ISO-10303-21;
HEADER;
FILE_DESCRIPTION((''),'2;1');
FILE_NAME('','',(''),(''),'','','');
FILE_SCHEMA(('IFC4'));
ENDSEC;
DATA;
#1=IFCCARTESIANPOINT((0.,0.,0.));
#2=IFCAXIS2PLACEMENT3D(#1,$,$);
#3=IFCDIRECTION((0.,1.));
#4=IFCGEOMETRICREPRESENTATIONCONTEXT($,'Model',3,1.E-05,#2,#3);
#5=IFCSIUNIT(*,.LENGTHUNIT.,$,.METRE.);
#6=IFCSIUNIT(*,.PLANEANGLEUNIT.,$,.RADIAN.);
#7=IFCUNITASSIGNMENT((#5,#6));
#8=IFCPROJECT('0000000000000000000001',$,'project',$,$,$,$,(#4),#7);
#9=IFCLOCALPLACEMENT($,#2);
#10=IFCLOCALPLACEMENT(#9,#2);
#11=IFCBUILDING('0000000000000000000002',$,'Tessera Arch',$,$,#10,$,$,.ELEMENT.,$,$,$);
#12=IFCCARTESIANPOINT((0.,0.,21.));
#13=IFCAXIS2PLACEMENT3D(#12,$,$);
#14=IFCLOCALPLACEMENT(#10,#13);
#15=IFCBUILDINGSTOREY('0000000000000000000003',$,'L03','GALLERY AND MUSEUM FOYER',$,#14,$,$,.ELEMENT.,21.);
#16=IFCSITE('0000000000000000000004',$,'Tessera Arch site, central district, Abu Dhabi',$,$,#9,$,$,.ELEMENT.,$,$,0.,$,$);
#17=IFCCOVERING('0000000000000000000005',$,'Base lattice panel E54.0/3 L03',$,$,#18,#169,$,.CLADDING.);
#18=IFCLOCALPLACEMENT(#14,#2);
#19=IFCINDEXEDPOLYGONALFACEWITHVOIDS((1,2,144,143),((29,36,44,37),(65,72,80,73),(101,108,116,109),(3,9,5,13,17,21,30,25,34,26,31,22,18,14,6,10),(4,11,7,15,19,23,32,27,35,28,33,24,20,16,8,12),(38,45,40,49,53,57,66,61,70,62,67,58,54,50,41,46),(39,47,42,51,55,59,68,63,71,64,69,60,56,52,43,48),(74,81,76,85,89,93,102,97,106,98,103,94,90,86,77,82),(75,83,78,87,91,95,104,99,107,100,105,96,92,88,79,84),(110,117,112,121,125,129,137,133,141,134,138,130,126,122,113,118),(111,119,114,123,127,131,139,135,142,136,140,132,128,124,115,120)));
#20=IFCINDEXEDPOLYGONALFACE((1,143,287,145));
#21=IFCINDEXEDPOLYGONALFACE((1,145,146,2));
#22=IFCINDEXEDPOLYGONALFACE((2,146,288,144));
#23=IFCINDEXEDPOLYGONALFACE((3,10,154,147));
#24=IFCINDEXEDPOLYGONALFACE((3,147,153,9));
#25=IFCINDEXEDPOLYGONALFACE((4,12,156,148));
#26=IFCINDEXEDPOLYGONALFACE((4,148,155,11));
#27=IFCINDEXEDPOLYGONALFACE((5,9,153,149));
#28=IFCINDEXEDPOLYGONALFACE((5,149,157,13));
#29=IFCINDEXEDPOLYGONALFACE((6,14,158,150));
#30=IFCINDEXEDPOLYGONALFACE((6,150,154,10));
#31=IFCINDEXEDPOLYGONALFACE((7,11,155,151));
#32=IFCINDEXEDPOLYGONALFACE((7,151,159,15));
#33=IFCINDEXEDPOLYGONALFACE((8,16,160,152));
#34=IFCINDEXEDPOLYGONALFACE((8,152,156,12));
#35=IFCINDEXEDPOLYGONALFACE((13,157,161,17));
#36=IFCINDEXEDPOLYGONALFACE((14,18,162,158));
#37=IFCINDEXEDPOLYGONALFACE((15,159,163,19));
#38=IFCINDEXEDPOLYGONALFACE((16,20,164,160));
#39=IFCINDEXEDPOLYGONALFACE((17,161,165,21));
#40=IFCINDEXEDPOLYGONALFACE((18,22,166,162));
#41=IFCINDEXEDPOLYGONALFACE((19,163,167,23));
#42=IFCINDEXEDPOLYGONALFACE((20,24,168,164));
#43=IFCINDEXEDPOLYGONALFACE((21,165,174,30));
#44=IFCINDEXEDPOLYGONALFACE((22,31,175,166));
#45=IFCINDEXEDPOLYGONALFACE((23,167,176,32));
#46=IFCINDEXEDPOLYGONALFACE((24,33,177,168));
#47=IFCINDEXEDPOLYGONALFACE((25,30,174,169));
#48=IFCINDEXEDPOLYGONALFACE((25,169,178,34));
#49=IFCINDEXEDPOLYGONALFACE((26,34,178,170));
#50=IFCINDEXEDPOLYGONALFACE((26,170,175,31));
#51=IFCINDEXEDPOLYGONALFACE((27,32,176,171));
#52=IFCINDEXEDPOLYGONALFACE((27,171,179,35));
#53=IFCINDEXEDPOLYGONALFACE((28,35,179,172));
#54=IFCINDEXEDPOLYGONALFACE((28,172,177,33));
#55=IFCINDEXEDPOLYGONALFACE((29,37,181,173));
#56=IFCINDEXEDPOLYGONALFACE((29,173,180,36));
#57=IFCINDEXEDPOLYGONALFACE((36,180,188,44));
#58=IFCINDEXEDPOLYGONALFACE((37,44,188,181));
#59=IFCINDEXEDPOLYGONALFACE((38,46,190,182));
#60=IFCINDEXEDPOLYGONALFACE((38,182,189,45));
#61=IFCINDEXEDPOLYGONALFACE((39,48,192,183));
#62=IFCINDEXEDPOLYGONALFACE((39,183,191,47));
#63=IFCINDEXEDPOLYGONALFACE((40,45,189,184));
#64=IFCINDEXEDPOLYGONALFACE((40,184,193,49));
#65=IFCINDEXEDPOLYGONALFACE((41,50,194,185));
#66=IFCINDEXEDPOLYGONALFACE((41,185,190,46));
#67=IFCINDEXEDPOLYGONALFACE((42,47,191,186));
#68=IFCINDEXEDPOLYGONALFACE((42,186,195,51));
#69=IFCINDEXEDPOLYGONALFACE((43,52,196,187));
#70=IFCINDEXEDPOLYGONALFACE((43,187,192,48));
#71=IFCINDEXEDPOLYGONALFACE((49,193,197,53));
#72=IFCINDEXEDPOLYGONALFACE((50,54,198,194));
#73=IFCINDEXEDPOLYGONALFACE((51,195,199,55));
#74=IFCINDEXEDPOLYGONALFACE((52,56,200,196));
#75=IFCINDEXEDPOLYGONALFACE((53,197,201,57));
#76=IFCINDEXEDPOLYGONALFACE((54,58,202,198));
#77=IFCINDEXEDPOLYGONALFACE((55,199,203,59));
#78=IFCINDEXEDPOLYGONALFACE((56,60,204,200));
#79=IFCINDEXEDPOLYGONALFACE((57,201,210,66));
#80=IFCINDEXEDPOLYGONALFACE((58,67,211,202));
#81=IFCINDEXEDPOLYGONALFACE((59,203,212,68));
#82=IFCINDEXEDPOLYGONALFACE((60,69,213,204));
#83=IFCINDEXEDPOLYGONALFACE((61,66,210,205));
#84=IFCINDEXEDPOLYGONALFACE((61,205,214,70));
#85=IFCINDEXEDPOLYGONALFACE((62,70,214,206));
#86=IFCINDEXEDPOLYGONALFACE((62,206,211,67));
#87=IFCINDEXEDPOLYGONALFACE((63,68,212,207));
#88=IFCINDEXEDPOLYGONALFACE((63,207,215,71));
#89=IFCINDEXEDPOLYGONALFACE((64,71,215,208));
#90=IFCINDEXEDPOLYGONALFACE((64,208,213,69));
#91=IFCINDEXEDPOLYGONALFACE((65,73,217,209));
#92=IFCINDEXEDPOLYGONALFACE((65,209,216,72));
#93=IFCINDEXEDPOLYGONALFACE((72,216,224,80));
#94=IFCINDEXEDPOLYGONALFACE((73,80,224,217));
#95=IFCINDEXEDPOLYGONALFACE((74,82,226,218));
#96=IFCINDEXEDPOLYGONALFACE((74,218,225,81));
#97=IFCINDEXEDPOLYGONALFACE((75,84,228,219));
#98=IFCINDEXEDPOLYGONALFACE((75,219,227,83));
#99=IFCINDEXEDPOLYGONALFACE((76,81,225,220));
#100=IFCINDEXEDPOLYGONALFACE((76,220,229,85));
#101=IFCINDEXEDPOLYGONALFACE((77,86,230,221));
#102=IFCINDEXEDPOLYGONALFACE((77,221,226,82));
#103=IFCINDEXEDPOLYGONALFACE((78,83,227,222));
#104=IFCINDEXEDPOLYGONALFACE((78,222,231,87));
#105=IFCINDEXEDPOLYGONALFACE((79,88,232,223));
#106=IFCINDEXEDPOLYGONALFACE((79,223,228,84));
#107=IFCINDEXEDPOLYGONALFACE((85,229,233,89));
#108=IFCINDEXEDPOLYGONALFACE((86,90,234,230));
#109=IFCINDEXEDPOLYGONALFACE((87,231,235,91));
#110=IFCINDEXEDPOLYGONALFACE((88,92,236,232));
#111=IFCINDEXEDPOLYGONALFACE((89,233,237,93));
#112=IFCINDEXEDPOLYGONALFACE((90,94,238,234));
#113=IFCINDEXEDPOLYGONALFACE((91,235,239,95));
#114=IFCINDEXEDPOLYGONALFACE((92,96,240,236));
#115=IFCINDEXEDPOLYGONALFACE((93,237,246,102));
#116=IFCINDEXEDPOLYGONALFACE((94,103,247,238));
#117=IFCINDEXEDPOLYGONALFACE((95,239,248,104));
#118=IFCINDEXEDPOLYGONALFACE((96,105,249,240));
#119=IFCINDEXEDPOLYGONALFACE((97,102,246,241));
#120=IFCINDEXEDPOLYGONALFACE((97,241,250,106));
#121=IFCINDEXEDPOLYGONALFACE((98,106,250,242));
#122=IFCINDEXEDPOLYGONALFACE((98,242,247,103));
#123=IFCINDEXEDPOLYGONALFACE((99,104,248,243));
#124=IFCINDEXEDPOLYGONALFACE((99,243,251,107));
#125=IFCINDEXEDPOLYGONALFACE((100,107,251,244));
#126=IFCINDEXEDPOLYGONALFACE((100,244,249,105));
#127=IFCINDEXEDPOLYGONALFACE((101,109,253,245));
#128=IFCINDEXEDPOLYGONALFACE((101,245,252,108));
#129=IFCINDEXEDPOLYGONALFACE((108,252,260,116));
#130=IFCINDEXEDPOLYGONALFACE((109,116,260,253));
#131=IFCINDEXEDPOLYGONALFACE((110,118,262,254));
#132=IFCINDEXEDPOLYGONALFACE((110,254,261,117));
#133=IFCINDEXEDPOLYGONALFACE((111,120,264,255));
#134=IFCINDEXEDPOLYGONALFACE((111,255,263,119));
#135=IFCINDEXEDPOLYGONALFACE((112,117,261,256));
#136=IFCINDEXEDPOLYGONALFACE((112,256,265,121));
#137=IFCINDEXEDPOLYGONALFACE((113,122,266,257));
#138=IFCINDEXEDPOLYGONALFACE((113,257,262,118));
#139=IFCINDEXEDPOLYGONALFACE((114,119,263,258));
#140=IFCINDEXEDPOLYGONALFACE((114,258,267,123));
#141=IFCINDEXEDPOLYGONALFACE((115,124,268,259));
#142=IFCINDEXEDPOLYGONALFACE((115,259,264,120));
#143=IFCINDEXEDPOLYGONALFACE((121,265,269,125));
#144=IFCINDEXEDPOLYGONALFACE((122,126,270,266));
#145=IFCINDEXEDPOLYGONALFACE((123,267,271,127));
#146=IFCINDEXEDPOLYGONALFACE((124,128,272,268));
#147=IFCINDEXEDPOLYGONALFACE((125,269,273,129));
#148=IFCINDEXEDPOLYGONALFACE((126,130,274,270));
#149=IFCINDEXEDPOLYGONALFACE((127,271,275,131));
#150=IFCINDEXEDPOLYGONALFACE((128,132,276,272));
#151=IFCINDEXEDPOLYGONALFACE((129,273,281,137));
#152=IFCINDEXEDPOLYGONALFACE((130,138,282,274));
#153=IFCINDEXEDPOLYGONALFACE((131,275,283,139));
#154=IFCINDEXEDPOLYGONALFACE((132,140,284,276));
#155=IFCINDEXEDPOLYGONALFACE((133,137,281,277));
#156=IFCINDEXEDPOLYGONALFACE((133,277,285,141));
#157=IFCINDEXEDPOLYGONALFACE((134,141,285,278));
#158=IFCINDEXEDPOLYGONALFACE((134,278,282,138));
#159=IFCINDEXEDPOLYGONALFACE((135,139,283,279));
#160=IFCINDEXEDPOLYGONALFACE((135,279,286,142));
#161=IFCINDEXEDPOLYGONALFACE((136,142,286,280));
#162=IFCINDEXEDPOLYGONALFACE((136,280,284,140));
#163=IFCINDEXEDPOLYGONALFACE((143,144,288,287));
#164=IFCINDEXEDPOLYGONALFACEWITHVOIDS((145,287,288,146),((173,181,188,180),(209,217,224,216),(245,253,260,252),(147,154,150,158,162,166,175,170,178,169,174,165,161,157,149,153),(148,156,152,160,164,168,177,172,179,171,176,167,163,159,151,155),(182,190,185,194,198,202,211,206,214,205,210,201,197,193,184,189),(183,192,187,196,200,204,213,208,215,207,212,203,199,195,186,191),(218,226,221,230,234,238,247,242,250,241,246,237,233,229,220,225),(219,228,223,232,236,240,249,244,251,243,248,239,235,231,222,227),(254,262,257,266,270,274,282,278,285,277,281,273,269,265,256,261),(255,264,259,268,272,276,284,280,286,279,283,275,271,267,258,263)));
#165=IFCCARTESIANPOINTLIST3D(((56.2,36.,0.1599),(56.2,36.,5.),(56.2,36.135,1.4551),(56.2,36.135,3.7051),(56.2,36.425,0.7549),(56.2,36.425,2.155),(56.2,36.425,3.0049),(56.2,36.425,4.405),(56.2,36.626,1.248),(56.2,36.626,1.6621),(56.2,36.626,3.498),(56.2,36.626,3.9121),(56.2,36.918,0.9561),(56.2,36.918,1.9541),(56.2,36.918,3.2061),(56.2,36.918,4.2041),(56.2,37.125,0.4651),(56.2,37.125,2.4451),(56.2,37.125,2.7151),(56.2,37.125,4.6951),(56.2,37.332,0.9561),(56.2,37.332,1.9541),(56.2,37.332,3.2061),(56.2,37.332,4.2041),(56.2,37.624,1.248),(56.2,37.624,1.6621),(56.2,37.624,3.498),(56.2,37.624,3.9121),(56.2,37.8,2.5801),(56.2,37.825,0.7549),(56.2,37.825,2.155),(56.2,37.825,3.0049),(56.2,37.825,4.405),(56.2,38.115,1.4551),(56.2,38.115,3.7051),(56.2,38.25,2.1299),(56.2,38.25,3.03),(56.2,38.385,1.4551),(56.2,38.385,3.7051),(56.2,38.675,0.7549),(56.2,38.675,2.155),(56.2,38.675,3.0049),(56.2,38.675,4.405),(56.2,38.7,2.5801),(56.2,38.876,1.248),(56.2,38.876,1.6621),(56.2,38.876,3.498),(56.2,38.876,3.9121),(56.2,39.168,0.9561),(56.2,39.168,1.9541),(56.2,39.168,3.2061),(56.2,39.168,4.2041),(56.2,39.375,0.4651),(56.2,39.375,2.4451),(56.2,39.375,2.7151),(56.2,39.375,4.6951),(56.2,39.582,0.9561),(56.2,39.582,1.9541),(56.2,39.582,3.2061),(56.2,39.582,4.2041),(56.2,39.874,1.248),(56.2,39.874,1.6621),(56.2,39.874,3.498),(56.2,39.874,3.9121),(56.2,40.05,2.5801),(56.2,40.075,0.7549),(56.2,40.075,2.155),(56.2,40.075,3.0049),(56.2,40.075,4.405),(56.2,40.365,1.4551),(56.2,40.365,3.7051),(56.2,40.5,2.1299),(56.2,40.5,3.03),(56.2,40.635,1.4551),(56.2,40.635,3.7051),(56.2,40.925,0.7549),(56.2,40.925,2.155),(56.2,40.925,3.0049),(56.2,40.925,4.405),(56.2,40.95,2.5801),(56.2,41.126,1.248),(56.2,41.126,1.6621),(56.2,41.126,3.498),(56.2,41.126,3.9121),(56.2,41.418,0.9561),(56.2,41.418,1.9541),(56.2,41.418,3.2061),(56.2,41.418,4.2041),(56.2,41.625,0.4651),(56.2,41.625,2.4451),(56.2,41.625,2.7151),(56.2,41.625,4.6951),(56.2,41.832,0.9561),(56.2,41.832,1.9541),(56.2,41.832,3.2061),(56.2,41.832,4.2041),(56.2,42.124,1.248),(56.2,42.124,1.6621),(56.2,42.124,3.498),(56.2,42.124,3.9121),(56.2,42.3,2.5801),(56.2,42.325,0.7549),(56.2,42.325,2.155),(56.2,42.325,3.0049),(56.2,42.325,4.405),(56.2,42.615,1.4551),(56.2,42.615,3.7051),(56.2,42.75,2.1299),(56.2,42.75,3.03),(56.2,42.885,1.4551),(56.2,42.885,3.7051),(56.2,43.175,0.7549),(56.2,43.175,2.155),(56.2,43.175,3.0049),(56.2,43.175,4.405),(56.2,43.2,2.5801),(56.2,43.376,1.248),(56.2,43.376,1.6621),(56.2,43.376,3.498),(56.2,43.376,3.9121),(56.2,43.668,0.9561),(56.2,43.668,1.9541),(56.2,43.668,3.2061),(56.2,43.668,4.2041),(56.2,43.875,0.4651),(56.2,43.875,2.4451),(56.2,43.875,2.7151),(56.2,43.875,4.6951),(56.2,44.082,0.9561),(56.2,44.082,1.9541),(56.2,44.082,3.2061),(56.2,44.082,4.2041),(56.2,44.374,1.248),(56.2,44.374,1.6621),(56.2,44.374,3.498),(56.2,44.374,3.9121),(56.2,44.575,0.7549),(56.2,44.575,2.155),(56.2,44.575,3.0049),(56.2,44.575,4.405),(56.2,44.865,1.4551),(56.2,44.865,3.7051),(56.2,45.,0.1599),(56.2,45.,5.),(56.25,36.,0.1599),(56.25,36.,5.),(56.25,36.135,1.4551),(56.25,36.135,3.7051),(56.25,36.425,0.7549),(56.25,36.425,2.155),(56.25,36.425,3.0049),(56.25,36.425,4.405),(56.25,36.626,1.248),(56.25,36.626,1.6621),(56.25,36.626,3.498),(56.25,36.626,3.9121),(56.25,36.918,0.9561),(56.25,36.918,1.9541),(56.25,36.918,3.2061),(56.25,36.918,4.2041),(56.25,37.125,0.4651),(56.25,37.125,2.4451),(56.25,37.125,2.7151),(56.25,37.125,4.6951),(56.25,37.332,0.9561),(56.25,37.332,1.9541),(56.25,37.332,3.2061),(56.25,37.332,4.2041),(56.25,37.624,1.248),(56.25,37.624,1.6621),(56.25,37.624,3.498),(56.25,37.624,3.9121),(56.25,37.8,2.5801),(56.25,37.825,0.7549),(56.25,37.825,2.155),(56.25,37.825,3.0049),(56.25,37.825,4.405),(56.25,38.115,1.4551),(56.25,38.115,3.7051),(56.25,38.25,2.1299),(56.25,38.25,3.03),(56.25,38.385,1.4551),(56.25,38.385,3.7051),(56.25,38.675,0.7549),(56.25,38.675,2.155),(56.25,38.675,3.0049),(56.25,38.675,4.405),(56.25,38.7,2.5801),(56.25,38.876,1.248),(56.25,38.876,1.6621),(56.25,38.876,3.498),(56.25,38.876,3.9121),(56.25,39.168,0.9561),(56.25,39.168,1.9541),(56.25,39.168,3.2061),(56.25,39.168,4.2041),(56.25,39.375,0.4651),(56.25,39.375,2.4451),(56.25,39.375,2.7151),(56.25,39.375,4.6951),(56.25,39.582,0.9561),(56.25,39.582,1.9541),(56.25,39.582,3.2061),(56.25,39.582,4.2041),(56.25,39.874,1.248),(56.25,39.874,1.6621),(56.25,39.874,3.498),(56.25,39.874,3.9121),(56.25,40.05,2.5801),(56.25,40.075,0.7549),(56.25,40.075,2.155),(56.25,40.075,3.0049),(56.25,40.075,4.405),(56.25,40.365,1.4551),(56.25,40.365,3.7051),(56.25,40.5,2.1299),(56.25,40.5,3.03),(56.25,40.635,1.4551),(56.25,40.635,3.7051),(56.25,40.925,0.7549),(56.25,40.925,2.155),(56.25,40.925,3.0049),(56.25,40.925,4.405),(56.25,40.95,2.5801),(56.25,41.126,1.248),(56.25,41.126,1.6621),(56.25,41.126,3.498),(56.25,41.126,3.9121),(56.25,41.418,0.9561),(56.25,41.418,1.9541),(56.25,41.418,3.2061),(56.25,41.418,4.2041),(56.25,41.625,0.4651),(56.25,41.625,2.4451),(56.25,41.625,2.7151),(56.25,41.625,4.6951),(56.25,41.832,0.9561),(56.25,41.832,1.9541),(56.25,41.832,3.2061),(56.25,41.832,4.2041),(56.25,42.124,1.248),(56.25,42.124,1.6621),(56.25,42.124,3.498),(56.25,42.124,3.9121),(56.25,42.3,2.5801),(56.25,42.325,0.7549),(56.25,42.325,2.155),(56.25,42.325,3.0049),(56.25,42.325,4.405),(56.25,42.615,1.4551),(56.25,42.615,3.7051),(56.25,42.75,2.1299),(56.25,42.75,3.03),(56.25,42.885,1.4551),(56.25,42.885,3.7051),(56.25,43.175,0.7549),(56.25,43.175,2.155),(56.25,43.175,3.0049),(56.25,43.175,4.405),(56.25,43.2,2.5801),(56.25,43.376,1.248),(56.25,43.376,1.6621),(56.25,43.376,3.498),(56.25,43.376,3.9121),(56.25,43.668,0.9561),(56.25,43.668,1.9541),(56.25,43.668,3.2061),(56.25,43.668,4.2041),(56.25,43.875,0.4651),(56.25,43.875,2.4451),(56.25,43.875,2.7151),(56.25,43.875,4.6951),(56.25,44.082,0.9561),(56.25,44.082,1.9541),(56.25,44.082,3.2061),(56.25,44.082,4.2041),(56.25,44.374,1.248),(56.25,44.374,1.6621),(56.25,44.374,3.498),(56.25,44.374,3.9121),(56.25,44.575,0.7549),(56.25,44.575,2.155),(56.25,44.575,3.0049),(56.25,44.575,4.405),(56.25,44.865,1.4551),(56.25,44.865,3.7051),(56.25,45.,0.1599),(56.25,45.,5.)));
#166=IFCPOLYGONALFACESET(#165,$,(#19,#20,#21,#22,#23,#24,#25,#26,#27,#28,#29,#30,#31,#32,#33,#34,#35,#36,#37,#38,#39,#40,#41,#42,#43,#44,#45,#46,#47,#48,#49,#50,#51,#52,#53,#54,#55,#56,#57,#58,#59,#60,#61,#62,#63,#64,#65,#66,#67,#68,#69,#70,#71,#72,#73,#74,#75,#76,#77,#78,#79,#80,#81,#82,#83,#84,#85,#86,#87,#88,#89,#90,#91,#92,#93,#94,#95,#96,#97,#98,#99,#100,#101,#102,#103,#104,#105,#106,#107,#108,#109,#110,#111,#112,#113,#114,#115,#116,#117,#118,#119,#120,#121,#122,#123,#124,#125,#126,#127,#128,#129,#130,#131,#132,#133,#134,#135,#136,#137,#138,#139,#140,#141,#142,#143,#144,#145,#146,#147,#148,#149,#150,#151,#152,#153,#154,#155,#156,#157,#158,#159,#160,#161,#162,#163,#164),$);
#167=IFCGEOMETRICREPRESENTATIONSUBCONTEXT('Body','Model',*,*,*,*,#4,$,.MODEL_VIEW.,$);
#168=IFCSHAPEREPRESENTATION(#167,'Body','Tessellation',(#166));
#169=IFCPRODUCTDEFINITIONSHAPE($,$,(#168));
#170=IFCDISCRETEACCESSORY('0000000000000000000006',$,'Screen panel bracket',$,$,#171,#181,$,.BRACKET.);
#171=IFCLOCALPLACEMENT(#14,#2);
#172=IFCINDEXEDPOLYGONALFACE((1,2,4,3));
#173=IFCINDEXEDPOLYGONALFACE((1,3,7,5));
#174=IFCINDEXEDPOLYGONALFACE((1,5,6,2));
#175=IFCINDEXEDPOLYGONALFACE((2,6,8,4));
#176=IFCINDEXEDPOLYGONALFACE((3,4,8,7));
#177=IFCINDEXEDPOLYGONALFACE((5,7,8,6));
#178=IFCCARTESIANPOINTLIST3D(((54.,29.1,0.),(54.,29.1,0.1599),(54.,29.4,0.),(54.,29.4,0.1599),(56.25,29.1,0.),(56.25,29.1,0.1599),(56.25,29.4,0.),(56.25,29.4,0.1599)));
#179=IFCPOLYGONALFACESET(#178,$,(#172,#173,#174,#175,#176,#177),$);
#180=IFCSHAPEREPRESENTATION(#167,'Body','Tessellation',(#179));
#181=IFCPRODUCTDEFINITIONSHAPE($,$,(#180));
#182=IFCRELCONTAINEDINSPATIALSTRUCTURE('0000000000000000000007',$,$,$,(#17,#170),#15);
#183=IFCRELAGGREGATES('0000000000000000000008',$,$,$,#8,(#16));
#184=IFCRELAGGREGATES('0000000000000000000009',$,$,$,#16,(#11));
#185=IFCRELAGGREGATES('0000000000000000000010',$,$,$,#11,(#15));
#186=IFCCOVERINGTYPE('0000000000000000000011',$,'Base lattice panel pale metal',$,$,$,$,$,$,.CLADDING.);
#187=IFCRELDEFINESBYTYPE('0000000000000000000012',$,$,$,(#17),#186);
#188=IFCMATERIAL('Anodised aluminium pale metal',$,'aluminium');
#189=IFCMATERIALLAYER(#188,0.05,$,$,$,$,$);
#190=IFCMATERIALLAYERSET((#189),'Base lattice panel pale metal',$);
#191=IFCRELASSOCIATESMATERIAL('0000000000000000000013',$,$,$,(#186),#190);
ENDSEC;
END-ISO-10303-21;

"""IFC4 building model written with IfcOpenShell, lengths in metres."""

from ifc_helpers import new_model, si_unit, direction, frame, origin, origin_2d, place, context, subcontext, project, spatial, polyline, rectangle, outline, extrude, material, layer, layer_set, type_object, element, save


model = new_model("IFC4")

# Units and contexts
model_context = context("Model", 3, precision=1e-05, world=origin(), true_north=direction((0.0, 1.0)))
body_context = subcontext(model_context, "Body", "Model", "MODEL_VIEW")
ifc_project = project(units=[si_unit("LENGTHUNIT", "METRE"), si_unit("PLANEANGLEUNIT", "RADIAN")], contexts=[model_context])

# Site, building, storey
site_placement = place(None, origin())
site = spatial("IfcSite", under=ifc_project, at=site_placement, Name="Tessera Arch site, central district, Abu Dhabi", CompositionType="ELEMENT", RefElevation=0.0)
building_placement = place(site_placement, origin())
building = spatial("IfcBuilding", under=site, at=building_placement, Name="Tessera Arch", CompositionType="ELEMENT")
storey_placement = place(building_placement, frame((0.0, 0.0, 21.0)))
storey = spatial("IfcBuildingStorey", under=building, at=storey_placement, Name="L03", Description="GALLERY AND MUSEUM FOYER", CompositionType="ELEMENT", Elevation=21.0)

# Covering
ifc_material_1 = material(Name="Anodised aluminium pale metal", Category="aluminium")
ifc_layer_1 = layer(ifc_material_1, 0.05)
ifc_layer_set_1 = layer_set([ifc_layer_1], Name="Base lattice panel pale metal")
covering_type = type_object("IfcCoveringType", Name="Base lattice panel pale metal", PredefinedType="CLADDING", material=ifc_layer_set_1)
covering_placement = place(storey_placement, frame((56.2, 36.0, 5.0), z_axis=(-1.0, 0.0, 0.0), x_axis=(0.0, 1.0, 0.0)))
element("IfcCovering", 1, at=covering_placement, inside=storey, type_object=covering_type, Name="Base lattice panel E54.0/3 L03", PredefinedType="CLADDING", context=body_context, shape_type="SweptSolid", body=[
    extrude(outline(polyline([(0.0, 0.0), (9.0, 0.0), (9.0, 4.8401), (0.0, 4.8401), (0.0, 0.0)]), holes=[polyline([(2.115, 3.5449), (1.624, 3.3379), (1.825, 2.845), (1.332, 3.0459), (1.125, 2.5549), (0.918, 3.0459), (0.425, 2.845), (0.626, 3.3379), (0.135, 3.5449), (0.626, 3.752), (0.425, 4.2451), (0.918, 4.0439), (1.125, 4.5349), (1.332, 4.0439), (1.825, 4.2451), (1.624, 3.752), (2.115, 3.5449)]), polyline([(2.115, 1.2949), (1.624, 1.0879), (1.825, 0.595), (1.332, 0.7959), (1.125, 0.3049), (0.918, 0.7959), (0.425, 0.595), (0.626, 1.0879), (0.135, 1.2949), (0.626, 1.502), (0.425, 1.9951), (0.918, 1.7939), (1.125, 2.2849), (1.332, 1.7939), (1.825, 1.9951), (1.624, 1.502), (2.115, 1.2949)]), polyline([(4.365, 3.5449), (3.874, 3.3379), (4.075, 2.845), (3.582, 3.0459), (3.375, 2.5549), (3.168, 3.0459), (2.675, 2.845), (2.876, 3.3379), (2.385, 3.5449), (2.876, 3.752), (2.675, 4.2451), (3.168, 4.0439), (3.375, 4.5349), (3.582, 4.0439), (4.075, 4.2451), (3.874, 3.752), (4.365, 3.5449)]), polyline([(4.365, 1.2949), (3.874, 1.0879), (4.075, 0.595), (3.582, 0.7959), (3.375, 0.3049), (3.168, 0.7959), (2.675, 0.595), (2.876, 1.0879), (2.385, 1.2949), (2.876, 1.502), (2.675, 1.9951), (3.168, 1.7939), (3.375, 2.2849), (3.582, 1.7939), (4.075, 1.9951), (3.874, 1.502), (4.365, 1.2949)]), polyline([(6.615, 3.5449), (6.124, 3.3379), (6.325, 2.845), (5.832, 3.0459), (5.625, 2.5549), (5.418, 3.0459), (4.925, 2.845), (5.126, 3.3379), (4.635, 3.5449), (5.126, 3.752), (4.925, 4.2451), (5.418, 4.0439), (5.625, 4.5349), (5.832, 4.0439), (6.325, 4.2451), (6.124, 3.752), (6.615, 3.5449)]), polyline([(6.615, 1.2949), (6.124, 1.0879), (6.325, 0.595), (5.832, 0.7959), (5.625, 0.3049), (5.418, 0.7959), (4.925, 0.595), (5.126, 1.0879), (4.635, 1.2949), (5.126, 1.502), (4.925, 1.9951), (5.418, 1.7939), (5.625, 2.2849), (5.832, 1.7939), (6.325, 1.9951), (6.124, 1.502), (6.615, 1.2949)]), polyline([(8.865, 3.5449), (8.374, 3.3379), (8.575, 2.845), (8.082, 3.0459), (7.875, 2.5549), (7.668, 3.0459), (7.175, 2.845), (7.376, 3.3379), (6.885, 3.5449), (7.376, 3.752), (7.175, 4.2451), (7.668, 4.0439), (7.875, 4.5349), (8.082, 4.0439), (8.575, 4.2451), (8.374, 3.752), (8.865, 3.5449)]), polyline([(8.865, 1.2949), (8.374, 1.0879), (8.575, 0.595), (8.082, 0.7959), (7.875, 0.3049), (7.668, 0.7959), (7.175, 0.595), (7.376, 1.0879), (6.885, 1.2949), (7.376, 1.502), (7.175, 1.9951), (7.668, 1.7939), (7.875, 2.2849), (8.082, 1.7939), (8.575, 1.9951), (8.374, 1.502), (8.865, 1.2949)]), polyline([(2.7, 2.4199), (2.25, 1.97), (1.8, 2.4199), (2.25, 2.8701), (2.7, 2.4199)]), polyline([(4.95, 2.4199), (4.5, 1.97), (4.05, 2.4199), (4.5, 2.8701), (4.95, 2.4199)]), polyline([(7.2, 2.4199), (6.75, 1.97), (6.3, 2.4199), (6.75, 2.8701), (7.2, 2.4199)])]), origin(), (0.0, 0.0, -1.0), 0.05),
])

# Discrete accessory
discrete_accessory_1_placement = place(storey_placement, frame((55.125, 29.25, 0.0), z_axis=(0.0, 0.0, 1.0), x_axis=(1.0, 0.0, 0.0)))
element("IfcDiscreteAccessory", 2, at=discrete_accessory_1_placement, inside=storey, Name="Screen panel bracket", PredefinedType="BRACKET", context=body_context, shape_type="SweptSolid", body=[
    extrude(rectangle(XDim=2.25, YDim=0.3, at=origin_2d()), origin(), (0.0, 0.0, 1.0), 0.1599),
])

save(model, "model.ifc")
